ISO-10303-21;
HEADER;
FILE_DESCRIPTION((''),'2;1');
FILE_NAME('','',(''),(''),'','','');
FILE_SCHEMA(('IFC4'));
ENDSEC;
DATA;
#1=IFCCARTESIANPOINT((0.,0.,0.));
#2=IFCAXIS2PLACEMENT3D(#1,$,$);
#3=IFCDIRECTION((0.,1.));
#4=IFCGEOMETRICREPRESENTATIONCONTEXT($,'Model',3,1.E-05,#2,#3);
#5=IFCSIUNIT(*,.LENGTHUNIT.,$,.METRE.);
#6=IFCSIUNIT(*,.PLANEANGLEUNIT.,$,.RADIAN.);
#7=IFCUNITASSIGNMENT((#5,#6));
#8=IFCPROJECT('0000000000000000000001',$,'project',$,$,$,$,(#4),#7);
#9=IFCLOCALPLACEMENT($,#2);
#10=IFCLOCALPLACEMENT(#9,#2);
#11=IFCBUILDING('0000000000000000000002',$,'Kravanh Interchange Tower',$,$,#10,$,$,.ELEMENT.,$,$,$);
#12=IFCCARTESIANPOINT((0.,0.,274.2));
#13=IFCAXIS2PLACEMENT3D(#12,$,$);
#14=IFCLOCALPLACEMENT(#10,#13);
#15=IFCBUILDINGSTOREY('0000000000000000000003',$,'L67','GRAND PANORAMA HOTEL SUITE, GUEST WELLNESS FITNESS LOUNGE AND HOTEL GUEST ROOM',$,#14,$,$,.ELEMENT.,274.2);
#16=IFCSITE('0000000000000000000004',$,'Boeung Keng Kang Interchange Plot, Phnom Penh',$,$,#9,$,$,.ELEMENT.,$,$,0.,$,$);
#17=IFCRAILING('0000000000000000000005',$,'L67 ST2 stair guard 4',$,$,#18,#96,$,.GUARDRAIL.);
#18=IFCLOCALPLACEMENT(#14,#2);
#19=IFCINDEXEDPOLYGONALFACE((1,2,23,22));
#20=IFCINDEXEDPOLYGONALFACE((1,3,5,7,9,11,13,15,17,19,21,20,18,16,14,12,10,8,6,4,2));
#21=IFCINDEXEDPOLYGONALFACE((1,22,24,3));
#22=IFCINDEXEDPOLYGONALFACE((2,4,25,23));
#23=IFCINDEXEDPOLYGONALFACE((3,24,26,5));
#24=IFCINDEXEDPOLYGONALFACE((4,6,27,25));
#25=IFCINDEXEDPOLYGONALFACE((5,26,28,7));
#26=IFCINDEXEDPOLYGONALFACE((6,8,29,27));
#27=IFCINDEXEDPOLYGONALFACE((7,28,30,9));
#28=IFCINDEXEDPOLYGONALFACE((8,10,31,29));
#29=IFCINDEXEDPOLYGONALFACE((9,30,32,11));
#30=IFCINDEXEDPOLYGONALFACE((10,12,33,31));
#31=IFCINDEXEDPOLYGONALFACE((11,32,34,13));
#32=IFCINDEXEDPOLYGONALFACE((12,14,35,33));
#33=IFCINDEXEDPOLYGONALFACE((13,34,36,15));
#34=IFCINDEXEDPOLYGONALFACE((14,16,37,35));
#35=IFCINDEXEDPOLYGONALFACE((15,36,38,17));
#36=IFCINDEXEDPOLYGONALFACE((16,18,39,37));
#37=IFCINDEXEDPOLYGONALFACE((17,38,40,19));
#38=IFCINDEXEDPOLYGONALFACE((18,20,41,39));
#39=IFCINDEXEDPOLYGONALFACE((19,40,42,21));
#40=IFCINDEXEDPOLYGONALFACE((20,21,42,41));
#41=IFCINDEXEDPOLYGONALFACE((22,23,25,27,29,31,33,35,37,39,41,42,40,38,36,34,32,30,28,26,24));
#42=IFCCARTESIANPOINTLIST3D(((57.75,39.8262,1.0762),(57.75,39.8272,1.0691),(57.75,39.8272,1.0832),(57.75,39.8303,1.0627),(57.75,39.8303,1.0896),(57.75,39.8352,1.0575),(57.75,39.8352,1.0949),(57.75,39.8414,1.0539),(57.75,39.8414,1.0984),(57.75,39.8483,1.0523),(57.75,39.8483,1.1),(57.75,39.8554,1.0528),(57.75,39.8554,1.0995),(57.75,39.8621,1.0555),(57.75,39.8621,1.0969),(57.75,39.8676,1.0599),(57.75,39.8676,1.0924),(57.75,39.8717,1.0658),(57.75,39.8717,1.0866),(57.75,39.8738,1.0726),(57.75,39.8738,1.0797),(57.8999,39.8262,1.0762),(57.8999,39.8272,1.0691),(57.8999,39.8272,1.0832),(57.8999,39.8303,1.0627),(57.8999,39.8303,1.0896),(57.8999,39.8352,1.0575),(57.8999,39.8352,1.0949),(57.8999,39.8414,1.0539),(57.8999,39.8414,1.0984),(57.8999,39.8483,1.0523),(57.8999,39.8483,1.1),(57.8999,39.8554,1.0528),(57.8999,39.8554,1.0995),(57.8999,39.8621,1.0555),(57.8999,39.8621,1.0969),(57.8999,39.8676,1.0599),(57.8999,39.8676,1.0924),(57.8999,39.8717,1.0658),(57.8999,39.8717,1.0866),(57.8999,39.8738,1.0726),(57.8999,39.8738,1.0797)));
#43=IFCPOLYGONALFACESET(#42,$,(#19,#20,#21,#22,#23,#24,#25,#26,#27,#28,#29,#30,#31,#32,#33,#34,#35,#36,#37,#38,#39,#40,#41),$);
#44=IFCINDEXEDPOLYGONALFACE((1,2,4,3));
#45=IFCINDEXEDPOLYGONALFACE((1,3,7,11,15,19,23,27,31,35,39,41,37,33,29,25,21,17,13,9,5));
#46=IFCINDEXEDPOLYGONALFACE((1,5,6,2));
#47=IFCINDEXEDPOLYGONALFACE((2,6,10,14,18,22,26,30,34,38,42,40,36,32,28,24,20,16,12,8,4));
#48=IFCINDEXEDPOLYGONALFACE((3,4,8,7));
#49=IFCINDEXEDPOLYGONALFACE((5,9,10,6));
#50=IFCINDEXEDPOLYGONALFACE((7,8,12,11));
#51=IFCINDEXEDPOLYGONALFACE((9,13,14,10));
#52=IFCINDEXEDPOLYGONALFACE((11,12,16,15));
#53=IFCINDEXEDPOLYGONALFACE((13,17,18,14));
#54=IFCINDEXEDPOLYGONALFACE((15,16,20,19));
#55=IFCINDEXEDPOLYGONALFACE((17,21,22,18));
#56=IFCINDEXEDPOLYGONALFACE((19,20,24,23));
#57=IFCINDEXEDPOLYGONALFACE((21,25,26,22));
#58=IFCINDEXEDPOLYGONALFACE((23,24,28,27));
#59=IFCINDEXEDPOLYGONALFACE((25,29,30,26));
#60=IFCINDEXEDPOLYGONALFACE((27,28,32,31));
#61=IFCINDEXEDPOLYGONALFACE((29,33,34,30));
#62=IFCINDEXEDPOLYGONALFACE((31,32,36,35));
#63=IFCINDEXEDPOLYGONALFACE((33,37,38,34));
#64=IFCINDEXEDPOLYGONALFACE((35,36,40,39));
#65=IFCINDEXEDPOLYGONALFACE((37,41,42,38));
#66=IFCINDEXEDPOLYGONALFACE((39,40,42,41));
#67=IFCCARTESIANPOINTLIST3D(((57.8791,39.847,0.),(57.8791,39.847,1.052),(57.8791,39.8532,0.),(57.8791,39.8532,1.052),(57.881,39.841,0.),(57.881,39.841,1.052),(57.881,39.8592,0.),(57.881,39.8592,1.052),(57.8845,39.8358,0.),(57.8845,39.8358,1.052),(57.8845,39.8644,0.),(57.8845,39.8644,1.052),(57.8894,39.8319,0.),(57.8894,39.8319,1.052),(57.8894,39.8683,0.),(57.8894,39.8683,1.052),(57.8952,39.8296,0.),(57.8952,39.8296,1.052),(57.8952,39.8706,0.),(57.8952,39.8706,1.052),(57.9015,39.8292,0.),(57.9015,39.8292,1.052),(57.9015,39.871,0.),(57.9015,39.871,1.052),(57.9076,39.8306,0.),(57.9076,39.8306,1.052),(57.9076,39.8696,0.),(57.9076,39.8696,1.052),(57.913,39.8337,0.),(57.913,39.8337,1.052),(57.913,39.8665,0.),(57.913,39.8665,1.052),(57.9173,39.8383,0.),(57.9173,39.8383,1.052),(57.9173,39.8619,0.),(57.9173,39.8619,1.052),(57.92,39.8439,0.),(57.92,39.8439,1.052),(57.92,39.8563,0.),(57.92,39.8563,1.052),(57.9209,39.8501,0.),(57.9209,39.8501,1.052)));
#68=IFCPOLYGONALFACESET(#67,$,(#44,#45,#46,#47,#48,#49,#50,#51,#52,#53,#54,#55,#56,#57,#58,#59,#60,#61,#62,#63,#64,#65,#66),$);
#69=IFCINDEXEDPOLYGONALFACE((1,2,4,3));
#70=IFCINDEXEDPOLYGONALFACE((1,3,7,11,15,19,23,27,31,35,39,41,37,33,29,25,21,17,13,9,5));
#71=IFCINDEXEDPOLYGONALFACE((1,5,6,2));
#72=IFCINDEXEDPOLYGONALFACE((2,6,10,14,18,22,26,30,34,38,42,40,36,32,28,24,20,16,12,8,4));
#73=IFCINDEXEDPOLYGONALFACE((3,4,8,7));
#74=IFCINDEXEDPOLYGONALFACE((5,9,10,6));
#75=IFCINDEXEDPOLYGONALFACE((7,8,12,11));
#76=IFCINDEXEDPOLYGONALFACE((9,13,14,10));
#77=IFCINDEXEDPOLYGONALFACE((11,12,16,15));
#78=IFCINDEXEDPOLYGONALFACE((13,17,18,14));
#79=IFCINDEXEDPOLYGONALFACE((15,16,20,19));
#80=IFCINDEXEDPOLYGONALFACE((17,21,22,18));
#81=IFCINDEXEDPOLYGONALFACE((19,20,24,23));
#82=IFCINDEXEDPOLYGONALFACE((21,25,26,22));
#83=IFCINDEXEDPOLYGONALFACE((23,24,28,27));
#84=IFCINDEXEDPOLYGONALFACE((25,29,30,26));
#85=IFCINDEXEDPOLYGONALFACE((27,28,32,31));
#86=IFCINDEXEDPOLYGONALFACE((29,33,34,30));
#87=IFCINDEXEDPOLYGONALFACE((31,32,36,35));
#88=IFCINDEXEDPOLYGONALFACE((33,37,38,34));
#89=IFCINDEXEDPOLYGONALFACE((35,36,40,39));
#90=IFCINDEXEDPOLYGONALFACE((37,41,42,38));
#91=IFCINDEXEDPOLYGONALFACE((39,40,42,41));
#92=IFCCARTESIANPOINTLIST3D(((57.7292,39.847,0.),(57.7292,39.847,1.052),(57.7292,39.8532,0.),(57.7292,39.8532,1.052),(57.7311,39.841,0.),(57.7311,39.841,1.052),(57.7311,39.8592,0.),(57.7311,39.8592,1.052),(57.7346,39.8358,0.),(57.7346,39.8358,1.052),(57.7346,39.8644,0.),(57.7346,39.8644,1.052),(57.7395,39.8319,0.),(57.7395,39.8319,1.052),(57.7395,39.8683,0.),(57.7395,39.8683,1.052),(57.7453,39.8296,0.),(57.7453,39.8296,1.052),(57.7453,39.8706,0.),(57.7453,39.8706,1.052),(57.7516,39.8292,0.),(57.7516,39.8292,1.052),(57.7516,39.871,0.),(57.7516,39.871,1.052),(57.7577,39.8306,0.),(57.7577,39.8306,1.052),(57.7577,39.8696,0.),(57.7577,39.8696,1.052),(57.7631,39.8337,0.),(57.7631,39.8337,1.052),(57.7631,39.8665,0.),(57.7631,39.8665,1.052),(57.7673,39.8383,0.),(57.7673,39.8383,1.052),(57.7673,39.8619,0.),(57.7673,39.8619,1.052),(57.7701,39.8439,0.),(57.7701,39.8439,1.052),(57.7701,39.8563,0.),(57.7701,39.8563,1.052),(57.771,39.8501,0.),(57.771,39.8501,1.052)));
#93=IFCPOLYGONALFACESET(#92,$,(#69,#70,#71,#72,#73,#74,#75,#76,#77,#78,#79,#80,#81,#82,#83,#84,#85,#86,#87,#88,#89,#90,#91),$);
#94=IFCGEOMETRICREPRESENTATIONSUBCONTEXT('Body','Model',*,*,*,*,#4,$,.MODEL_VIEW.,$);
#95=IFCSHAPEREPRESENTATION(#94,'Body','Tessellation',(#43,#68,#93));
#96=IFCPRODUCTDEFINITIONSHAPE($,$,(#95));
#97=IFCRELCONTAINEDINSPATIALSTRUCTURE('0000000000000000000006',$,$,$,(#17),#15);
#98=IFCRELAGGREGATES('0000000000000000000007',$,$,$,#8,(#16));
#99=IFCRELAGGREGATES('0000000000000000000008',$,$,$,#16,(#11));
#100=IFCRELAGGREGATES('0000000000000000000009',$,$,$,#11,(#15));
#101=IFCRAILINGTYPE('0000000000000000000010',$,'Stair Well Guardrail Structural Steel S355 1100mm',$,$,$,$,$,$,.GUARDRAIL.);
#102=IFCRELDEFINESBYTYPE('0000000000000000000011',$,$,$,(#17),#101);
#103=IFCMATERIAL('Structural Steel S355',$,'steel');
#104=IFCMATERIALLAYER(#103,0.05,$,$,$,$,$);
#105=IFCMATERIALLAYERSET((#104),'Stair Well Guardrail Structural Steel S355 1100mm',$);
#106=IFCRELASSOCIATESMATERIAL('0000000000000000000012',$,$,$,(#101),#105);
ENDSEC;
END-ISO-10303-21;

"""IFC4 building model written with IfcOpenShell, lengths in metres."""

from ifc_helpers import new_model, si_unit, direction, frame, origin, origin_2d, place, context, subcontext, project, spatial, circle, extrude, material, layer, layer_set, type_object, element, save


model = new_model("IFC4")

# Units and contexts
model_context = context("Model", 3, precision=1e-05, world=origin(), true_north=direction((0.0, 1.0)))
body_context = subcontext(model_context, "Body", "Model", "MODEL_VIEW")
ifc_project = project(units=[si_unit("LENGTHUNIT", "METRE"), si_unit("PLANEANGLEUNIT", "RADIAN")], contexts=[model_context])

# Site, building, storey
site_placement = place(None, origin())
site = spatial("IfcSite", under=ifc_project, at=site_placement, Name="Boeung Keng Kang Interchange Plot, Phnom Penh", CompositionType="ELEMENT", RefElevation=0.0)
building_placement = place(site_placement, origin())
building = spatial("IfcBuilding", under=site, at=building_placement, Name="Kravanh Interchange Tower", CompositionType="ELEMENT")
storey_placement = place(building_placement, frame((0.0, 0.0, 274.2)))
storey = spatial("IfcBuildingStorey", under=building, at=storey_placement, Name="L67", Description="GRAND PANORAMA HOTEL SUITE, GUEST WELLNESS FITNESS LOUNGE AND HOTEL GUEST ROOM", CompositionType="ELEMENT", Elevation=274.2)

# Railing
ifc_material_1 = material(Name="Structural Steel S355", Category="steel")
ifc_layer_1 = layer(ifc_material_1, 0.05)
ifc_layer_set_1 = layer_set([ifc_layer_1], Name="Stair Well Guardrail Structural Steel S355 1100mm")
railing_type_1 = type_object("IfcRailingType", Name="Stair Well Guardrail Structural Steel S355 1100mm", PredefinedType="GUARDRAIL", material=ifc_layer_set_1)
railing_1_placement = place(storey_placement, frame((57.8999, 39.8501, 0.0)))
element("IfcRailing", 1, at=railing_1_placement, inside=storey, type_object=railing_type_1, Name="L67 ST2 stair guard 4", PredefinedType="GUARDRAIL", context=body_context, shape_type="SweptSolid", body=[
    extrude(circle(Radius=0.0239, at=origin_2d()), frame((0.0, 0.0, 1.0762), z_axis=(-1.0, 0.0, 0.0), x_axis=(0.0, -1.0, 0.0)), (0.0, 0.0, 1.0), 0.1499),
    extrude(circle(Radius=0.021, at=origin_2d()), origin(), (0.0, 0.0, 1.0), 1.052),
    extrude(circle(Radius=0.021, at=origin_2d()), frame((-0.1499, 0.0, 0.0)), (0.0, 0.0, 1.0), 1.052),
])

save(model, "model.ifc")
